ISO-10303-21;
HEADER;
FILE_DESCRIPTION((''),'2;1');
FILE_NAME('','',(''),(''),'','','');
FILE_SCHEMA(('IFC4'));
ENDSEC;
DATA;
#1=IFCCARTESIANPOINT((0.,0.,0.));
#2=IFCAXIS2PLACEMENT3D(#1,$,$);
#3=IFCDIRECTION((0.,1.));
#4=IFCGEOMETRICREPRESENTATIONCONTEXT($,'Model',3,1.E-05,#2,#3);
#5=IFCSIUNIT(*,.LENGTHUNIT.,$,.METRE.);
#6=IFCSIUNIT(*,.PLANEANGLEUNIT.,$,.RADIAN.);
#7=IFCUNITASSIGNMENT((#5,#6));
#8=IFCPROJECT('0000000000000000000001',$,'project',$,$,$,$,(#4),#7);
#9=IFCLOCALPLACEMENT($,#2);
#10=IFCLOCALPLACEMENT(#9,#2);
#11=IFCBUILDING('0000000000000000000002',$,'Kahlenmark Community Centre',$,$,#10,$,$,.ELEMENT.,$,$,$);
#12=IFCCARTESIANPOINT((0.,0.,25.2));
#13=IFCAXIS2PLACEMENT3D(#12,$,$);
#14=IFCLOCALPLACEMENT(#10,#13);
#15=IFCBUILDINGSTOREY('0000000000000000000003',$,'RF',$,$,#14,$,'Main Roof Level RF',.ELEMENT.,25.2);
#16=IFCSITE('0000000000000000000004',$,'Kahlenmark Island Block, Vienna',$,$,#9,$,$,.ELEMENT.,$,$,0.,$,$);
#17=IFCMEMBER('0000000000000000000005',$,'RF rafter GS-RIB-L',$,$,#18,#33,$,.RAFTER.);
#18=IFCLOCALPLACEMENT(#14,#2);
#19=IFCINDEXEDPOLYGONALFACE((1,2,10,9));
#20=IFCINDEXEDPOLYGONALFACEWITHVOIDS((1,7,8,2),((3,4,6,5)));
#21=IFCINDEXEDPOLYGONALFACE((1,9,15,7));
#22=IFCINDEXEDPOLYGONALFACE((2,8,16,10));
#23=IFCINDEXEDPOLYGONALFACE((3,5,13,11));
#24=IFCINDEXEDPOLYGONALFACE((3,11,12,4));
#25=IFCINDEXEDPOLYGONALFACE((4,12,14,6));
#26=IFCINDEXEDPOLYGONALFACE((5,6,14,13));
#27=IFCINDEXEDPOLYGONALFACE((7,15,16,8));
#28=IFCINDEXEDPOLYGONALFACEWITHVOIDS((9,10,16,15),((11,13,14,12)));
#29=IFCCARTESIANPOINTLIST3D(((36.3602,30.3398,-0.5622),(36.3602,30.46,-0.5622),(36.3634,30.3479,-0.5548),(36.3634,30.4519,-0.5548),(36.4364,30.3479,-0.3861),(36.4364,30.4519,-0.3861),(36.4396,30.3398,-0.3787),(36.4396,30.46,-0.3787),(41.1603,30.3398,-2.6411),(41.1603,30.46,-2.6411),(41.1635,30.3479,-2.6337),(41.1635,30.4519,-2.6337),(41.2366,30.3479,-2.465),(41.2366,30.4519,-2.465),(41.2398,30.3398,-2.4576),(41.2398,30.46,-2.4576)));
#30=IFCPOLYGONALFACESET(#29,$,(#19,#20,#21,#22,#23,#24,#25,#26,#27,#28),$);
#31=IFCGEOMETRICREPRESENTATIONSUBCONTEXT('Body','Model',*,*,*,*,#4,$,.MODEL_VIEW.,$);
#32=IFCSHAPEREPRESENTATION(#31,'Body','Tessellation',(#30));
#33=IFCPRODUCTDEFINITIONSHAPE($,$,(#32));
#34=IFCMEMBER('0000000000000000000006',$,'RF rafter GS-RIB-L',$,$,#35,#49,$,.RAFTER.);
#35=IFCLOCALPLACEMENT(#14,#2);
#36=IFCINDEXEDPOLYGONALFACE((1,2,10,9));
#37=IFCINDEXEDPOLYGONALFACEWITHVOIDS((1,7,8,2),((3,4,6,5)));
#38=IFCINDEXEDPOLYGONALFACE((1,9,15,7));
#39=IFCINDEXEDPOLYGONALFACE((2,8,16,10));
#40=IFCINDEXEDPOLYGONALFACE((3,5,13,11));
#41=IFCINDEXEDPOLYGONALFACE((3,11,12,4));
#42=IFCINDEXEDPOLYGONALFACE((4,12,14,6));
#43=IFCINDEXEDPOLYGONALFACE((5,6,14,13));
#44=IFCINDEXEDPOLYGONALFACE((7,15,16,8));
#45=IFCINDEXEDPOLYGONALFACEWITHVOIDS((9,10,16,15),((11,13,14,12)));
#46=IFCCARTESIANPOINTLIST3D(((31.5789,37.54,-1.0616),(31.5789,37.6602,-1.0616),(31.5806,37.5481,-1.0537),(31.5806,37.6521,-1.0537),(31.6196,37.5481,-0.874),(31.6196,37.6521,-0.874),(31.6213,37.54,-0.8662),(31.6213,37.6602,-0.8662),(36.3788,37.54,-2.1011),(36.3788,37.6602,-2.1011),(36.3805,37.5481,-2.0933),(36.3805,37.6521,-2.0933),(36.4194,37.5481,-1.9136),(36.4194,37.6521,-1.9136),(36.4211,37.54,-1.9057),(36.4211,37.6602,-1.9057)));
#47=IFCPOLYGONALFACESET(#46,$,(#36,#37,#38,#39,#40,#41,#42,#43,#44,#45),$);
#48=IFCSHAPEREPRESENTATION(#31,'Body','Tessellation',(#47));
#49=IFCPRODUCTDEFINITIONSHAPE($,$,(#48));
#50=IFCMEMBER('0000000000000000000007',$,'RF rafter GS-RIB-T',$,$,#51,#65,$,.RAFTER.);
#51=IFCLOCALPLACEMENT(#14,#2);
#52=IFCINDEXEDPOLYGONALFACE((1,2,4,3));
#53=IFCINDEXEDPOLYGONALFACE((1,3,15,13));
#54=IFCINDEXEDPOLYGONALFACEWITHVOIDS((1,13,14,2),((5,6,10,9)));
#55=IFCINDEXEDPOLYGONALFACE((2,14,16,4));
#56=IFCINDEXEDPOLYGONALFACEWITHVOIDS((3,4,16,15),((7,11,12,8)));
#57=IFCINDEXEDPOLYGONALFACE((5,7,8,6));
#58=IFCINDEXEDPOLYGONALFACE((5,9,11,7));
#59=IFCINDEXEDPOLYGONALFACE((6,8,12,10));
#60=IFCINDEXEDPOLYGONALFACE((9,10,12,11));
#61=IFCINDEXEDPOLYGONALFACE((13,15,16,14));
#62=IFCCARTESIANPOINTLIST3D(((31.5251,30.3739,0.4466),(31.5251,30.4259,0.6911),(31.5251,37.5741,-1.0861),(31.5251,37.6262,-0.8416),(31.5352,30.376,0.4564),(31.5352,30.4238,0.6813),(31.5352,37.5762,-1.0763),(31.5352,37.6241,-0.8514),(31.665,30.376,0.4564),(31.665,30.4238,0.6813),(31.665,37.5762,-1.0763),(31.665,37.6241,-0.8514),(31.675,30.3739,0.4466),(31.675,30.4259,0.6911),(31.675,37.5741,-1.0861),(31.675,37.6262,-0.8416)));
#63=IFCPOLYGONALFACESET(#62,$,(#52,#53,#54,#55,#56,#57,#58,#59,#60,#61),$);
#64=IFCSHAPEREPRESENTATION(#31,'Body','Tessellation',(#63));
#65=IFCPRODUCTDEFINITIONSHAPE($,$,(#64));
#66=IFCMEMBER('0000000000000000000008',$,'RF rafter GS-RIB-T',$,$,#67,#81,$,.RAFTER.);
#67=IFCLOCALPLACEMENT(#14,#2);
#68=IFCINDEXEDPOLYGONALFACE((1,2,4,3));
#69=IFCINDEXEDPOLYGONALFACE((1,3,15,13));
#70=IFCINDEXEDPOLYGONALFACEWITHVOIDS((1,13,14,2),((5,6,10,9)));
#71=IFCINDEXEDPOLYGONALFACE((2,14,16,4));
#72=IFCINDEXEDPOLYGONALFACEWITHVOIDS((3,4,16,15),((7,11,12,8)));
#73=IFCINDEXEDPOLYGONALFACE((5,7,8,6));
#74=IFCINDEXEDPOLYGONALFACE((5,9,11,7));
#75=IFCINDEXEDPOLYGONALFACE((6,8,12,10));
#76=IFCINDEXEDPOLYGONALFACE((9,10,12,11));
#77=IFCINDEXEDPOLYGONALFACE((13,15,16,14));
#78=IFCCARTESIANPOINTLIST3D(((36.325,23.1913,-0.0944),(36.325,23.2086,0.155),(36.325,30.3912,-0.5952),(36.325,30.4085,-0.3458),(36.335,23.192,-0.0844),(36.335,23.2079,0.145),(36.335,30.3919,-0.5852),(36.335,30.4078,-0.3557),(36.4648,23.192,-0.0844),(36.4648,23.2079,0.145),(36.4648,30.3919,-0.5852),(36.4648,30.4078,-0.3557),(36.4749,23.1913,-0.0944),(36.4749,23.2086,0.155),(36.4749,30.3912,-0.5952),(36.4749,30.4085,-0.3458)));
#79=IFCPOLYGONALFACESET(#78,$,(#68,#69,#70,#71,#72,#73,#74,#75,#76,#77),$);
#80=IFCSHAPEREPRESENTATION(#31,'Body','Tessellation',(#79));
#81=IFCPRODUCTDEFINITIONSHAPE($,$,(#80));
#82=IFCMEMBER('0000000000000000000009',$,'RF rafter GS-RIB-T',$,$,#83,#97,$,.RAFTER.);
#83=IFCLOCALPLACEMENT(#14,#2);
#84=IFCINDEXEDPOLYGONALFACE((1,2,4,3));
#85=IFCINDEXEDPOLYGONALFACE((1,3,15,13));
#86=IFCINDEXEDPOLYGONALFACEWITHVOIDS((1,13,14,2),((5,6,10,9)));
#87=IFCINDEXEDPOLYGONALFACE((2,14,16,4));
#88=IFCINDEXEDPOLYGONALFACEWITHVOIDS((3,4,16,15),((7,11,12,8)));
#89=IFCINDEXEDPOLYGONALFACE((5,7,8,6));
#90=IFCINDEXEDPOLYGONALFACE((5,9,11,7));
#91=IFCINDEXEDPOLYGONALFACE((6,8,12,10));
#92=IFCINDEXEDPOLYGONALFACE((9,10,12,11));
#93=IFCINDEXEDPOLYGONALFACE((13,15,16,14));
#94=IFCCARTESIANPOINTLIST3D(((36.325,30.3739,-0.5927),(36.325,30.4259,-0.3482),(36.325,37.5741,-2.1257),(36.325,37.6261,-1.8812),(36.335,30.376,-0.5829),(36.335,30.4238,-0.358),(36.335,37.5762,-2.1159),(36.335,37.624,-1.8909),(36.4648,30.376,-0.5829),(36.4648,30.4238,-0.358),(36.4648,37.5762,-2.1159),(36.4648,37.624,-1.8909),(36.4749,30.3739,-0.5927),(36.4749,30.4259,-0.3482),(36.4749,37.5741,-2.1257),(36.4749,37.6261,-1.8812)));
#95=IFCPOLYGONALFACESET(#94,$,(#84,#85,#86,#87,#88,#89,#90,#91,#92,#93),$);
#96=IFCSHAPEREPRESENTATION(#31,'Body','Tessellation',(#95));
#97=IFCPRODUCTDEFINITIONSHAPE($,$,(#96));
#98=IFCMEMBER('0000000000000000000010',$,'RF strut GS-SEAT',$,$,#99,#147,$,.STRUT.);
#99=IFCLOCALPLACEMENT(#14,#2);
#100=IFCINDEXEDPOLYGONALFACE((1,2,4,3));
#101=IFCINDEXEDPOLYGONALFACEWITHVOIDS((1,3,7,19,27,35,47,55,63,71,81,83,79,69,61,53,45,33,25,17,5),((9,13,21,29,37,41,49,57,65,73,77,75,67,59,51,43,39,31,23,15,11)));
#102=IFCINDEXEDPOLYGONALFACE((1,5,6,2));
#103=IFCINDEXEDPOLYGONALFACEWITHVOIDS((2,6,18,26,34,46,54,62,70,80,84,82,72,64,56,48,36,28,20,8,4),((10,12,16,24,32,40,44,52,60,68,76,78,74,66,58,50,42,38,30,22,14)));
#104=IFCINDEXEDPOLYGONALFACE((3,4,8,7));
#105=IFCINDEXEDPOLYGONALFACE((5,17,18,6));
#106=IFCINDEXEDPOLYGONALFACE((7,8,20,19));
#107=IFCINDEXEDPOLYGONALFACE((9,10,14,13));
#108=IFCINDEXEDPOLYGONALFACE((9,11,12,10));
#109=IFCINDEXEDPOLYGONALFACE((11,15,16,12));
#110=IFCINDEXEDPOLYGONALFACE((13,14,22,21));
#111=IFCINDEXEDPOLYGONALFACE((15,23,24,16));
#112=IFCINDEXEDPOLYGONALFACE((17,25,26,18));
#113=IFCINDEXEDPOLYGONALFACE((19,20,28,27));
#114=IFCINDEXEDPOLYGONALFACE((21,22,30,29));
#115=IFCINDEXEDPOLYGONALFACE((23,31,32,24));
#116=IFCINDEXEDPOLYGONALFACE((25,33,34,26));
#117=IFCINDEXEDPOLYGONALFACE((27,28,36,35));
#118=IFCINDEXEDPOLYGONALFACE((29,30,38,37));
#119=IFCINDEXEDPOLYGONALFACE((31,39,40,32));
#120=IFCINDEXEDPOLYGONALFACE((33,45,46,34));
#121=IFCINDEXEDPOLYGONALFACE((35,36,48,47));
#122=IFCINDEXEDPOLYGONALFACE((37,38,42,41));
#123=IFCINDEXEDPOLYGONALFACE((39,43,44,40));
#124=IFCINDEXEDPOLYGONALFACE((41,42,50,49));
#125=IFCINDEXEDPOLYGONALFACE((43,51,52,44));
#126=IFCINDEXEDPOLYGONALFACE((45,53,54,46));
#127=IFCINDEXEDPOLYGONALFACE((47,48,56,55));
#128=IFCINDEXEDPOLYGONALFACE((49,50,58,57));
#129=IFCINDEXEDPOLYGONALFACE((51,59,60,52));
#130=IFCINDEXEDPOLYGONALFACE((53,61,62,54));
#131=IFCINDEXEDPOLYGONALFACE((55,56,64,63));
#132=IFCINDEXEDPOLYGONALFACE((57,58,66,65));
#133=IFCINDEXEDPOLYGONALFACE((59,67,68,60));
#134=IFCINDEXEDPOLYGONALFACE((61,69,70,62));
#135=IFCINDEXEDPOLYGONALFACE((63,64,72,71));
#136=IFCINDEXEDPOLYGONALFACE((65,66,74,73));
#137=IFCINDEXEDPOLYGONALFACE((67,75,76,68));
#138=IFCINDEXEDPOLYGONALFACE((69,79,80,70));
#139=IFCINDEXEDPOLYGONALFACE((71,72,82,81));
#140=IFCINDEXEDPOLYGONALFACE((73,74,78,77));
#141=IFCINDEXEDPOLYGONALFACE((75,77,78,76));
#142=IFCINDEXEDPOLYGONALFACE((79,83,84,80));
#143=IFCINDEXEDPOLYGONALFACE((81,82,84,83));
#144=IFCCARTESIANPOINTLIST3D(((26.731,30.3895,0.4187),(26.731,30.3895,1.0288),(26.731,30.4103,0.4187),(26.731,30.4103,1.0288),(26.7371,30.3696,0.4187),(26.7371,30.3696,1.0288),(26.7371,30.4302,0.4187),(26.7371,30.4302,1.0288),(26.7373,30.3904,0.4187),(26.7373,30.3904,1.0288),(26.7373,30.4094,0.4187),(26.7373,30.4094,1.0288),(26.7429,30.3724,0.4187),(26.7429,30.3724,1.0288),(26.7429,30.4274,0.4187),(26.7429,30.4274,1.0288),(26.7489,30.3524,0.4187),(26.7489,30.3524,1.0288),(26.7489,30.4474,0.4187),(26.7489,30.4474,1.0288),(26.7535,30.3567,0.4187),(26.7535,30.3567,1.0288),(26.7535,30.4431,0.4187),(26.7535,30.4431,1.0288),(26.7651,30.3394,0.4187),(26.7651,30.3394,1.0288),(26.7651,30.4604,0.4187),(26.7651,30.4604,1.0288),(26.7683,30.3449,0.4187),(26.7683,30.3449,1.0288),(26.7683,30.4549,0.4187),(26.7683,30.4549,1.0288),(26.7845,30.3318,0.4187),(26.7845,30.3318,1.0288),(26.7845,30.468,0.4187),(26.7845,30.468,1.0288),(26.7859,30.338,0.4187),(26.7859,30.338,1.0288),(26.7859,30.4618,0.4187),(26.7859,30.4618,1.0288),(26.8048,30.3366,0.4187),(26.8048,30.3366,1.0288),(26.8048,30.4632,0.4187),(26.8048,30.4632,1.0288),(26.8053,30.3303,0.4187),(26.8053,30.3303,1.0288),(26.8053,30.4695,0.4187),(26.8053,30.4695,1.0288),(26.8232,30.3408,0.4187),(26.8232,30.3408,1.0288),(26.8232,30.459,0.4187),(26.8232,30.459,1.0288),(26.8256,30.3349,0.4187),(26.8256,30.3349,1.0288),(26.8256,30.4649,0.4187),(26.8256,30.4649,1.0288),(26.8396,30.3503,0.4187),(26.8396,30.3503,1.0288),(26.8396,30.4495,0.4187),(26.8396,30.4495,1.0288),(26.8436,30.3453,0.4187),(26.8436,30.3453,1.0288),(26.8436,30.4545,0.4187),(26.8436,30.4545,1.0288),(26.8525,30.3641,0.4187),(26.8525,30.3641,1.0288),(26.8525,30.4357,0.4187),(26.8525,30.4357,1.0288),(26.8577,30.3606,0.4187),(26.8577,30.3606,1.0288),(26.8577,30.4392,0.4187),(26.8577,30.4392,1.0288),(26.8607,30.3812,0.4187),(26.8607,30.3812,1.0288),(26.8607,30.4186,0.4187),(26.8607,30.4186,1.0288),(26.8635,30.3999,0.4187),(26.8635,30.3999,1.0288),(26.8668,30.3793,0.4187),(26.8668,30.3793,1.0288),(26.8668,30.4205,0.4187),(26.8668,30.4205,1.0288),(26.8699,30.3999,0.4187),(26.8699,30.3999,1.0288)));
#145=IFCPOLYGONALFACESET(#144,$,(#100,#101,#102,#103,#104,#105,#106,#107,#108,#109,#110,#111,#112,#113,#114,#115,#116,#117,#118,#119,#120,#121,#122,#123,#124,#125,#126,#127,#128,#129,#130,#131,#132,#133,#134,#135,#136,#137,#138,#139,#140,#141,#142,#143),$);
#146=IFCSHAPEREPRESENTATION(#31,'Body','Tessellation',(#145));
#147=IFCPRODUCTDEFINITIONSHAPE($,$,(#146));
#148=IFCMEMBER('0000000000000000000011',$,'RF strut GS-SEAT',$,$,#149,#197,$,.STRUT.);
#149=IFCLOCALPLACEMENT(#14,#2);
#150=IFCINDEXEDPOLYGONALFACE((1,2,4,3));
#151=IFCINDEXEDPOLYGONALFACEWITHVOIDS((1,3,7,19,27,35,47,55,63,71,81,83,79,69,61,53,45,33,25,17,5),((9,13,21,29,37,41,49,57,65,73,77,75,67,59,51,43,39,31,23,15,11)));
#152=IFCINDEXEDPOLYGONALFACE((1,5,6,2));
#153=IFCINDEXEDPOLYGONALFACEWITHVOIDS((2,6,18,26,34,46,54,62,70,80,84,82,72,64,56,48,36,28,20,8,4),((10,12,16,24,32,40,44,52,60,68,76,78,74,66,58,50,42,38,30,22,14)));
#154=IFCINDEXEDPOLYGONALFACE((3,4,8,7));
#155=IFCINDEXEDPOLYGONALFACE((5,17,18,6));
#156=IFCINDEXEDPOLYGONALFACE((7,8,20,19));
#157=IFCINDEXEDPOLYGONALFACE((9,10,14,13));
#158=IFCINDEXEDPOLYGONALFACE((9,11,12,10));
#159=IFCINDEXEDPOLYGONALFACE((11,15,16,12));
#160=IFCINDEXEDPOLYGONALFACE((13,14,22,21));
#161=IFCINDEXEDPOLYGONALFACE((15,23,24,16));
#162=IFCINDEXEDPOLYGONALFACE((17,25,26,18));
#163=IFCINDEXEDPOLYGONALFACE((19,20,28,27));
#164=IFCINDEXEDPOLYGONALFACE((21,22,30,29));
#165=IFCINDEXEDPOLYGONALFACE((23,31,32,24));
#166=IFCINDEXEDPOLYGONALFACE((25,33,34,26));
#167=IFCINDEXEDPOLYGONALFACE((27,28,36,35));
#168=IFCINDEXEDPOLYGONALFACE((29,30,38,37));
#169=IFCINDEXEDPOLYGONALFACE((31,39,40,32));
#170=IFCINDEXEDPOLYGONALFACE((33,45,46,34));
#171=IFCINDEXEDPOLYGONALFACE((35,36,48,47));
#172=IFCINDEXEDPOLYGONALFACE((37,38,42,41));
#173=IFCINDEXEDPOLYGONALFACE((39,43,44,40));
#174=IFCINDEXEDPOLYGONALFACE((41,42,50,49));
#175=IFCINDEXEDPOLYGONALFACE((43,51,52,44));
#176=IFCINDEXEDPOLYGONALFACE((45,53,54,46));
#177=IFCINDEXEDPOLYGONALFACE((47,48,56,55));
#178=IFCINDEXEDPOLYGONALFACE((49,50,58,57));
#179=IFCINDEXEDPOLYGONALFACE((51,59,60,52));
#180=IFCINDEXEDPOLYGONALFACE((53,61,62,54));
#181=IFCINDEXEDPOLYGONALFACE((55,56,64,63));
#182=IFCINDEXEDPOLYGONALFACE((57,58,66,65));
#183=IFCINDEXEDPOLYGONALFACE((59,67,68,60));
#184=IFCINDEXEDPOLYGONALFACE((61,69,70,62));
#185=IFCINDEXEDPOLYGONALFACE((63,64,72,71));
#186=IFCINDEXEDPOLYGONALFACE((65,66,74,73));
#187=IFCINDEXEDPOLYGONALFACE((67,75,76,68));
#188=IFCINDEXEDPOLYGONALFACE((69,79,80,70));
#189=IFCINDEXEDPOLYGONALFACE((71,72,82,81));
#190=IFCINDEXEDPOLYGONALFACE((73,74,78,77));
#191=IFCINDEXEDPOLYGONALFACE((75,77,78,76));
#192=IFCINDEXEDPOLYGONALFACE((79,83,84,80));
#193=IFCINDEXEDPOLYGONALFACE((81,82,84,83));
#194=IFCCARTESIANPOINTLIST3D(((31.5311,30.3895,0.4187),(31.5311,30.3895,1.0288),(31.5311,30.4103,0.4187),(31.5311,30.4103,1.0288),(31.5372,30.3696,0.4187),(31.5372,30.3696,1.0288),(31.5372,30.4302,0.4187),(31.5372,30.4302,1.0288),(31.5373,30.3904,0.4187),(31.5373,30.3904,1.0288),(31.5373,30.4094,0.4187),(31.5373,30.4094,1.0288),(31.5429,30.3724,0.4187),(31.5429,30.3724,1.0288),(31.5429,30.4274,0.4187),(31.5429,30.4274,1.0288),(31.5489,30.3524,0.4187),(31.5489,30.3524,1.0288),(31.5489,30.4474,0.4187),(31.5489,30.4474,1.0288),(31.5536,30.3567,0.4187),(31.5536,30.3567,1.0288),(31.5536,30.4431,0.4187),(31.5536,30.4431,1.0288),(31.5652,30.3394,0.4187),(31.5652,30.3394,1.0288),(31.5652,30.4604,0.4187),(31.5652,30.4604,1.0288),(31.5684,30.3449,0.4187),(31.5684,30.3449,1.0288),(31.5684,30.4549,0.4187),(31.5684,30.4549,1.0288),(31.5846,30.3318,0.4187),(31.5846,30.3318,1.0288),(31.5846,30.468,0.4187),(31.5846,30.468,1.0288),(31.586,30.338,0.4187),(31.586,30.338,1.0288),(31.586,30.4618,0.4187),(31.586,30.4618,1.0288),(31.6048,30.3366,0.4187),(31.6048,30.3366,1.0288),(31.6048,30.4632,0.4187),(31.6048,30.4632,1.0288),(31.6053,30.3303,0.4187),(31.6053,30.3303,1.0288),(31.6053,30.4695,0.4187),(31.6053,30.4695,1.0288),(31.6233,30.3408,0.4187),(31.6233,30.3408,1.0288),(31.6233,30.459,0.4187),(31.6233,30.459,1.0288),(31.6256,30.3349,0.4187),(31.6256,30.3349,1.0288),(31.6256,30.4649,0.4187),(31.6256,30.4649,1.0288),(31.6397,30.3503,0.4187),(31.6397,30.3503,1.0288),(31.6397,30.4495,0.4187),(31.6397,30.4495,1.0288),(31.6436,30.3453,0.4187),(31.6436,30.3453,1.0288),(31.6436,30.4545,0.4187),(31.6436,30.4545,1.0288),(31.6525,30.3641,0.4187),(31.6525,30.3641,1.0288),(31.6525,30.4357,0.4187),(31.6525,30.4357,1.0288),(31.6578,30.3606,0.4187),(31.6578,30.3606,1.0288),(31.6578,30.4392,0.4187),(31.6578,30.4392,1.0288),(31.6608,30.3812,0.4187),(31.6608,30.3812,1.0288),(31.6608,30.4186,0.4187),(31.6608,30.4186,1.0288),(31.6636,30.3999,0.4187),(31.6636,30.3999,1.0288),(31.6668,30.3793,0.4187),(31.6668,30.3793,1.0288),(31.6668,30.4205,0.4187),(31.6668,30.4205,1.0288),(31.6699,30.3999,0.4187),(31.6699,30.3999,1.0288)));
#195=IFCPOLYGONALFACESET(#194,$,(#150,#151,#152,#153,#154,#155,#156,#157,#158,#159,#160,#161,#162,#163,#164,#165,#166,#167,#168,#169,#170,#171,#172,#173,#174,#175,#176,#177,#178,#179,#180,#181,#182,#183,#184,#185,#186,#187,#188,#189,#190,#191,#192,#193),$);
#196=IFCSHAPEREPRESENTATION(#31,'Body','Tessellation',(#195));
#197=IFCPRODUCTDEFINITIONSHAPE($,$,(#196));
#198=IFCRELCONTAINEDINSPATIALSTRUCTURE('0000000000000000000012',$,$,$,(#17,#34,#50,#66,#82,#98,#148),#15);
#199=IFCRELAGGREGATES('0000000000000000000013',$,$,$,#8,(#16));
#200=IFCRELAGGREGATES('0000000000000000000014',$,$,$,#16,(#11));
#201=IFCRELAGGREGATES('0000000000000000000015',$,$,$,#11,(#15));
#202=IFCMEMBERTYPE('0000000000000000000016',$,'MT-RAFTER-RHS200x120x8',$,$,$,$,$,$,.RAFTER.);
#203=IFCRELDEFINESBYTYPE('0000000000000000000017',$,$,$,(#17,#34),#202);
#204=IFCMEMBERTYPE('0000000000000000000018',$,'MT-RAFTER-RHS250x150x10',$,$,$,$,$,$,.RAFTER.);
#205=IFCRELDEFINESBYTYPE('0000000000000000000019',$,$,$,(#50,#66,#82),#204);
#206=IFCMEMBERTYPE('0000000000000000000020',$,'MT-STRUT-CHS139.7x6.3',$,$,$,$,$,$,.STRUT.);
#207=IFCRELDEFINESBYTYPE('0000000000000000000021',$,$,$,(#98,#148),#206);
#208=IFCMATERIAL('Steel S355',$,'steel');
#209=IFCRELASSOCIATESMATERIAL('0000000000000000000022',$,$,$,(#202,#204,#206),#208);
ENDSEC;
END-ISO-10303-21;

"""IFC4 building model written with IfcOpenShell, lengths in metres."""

from ifc_helpers import new_model, si_unit, direction, frame, origin, origin_2d, place, context, subcontext, project, spatial, hollow_rectangle, hollow_circle, extrude, material, material_profile, profile_set, type_object, element, save


model = new_model("IFC4")

# Units and contexts
model_context = context("Model", 3, precision=1e-05, world=origin(), true_north=direction((0.0, 1.0)))
body_context = subcontext(model_context, "Body", "Model", "MODEL_VIEW")
ifc_project = project(units=[si_unit("LENGTHUNIT", "METRE"), si_unit("PLANEANGLEUNIT", "RADIAN")], contexts=[model_context])

# Site, building, storey
site_placement = place(None, origin())
site = spatial("IfcSite", under=ifc_project, at=site_placement, Name="Kahlenmark Island Block, Vienna", CompositionType="ELEMENT", RefElevation=0.0)
building_placement = place(site_placement, origin())
building = spatial("IfcBuilding", under=site, at=building_placement, Name="Kahlenmark Community Centre", CompositionType="ELEMENT")
storey_placement = place(building_placement, frame((0.0, 0.0, 25.2)))
storey = spatial("IfcBuildingStorey", under=building, at=storey_placement, Name="RF", LongName="Main Roof Level RF", CompositionType="ELEMENT", Elevation=25.2)

# Members
ifc_material_1 = material(Name="Steel S355", Category="steel")
ifc_material_profile_1 = material_profile(ifc_material_1, hollow_rectangle(XDim=0.1201, YDim=0.2, WallThickness=0.0081, at=origin_2d()), Name="RHS 200x120x8")
ifc_profile_set_1 = profile_set([ifc_material_profile_1], Name="Steel S355")
member_type_1 = type_object("IfcMemberType", Name="MT-RAFTER-RHS200x120x8", PredefinedType="RAFTER", material=ifc_profile_set_1)
member_1_placement = place(storey_placement, frame((36.3999, 30.3999, -0.4705), z_axis=(0.917637, 0.0, -0.39742), x_axis=(0.0, 1.0, 0.0)))
element("IfcMember", 1, at=member_1_placement, inside=storey, type_object=member_type_1, Name="RF rafter GS-RIB-L", PredefinedType="RAFTER", context=body_context, shape_type="SweptSolid", body=[
    extrude(hollow_rectangle(XDim=0.1201, YDim=0.2, WallThickness=0.0081, at=origin_2d()), origin(), (0.0, 0.0, 1.0), 5.231),
])
member_2_placement = place(storey_placement, frame((31.6001, 37.6001, -0.9639), z_axis=(0.97734, 0.0, -0.211674), x_axis=(0.0, 1.0, 0.0)))
element("IfcMember", 2, at=member_2_placement, inside=storey, type_object=member_type_1, Name="RF rafter GS-RIB-L", PredefinedType="RAFTER", context=body_context, shape_type="SweptSolid", body=[
    extrude(hollow_rectangle(XDim=0.1201, YDim=0.2, WallThickness=0.0081, at=origin_2d()), origin(), (0.0, 0.0, 1.0), 4.9111),
])
ifc_material_profile_2 = material_profile(ifc_material_1, hollow_rectangle(XDim=0.1499, YDim=0.25, WallThickness=0.01, at=origin_2d()), Name="RHS 250x150x10")
ifc_profile_set_2 = profile_set([ifc_material_profile_2], Name="Steel S355")
member_type_2 = type_object("IfcMemberType", Name="MT-RAFTER-RHS250x150x10", PredefinedType="RAFTER", material=ifc_profile_set_2)
member_3_placement = place(storey_placement, frame((31.6001, 30.3999, 0.5688), z_axis=(0.0, 0.978085, -0.208206), x_axis=(-1.0, 0.0, 0.0)))
element("IfcMember", 3, at=member_3_placement, inside=storey, type_object=member_type_2, Name="RF rafter GS-RIB-T", PredefinedType="RAFTER", context=body_context, shape_type="SweptSolid", body=[
    extrude(hollow_rectangle(XDim=0.1499, YDim=0.25, WallThickness=0.01, at=origin_2d()), origin(), (0.0, 0.0, 1.0), 7.3616),
])
member_4_placement = place(storey_placement, frame((36.3999, 23.2, 0.0303), z_axis=(0.0, 0.99759, -0.069379), x_axis=(-1.0, 0.0, 0.0)))
element("IfcMember", 4, at=member_4_placement, inside=storey, type_object=member_type_2, Name="RF rafter GS-RIB-T", PredefinedType="RAFTER", context=body_context, shape_type="SweptSolid", body=[
    extrude(hollow_rectangle(XDim=0.1499, YDim=0.25, WallThickness=0.01, at=origin_2d()), origin(), (0.0, 0.0, 1.0), 7.2173),
])
member_5_placement = place(storey_placement, frame((36.3999, 30.3999, -0.4705), z_axis=(0.0, 0.978078, -0.208238), x_axis=(-1.0, 0.0, 0.0)))
element("IfcMember", 5, at=member_5_placement, inside=storey, type_object=member_type_2, Name="RF rafter GS-RIB-T", PredefinedType="RAFTER", context=body_context, shape_type="SweptSolid", body=[
    extrude(hollow_rectangle(XDim=0.1499, YDim=0.25, WallThickness=0.01, at=origin_2d()), origin(), (0.0, 0.0, 1.0), 7.3616),
])
ifc_material_profile_3 = material_profile(ifc_material_1, hollow_circle(Radius=0.0698, WallThickness=0.0063, at=origin_2d()), Name="CHS 139.7x6.3")
ifc_profile_set_3 = profile_set([ifc_material_profile_3], Name="Steel S355")
member_type_3 = type_object("IfcMemberType", Name="MT-STRUT-CHS139.7x6.3", PredefinedType="STRUT", material=ifc_profile_set_3)
for number, where, z_axis, x_axis, name in (
    (6, (26.8, 30.3999, 0.4187), (0.0, 0.0, 1.0), (1.0, 0.0, 0.0), "RF strut GS-SEAT"),
    (7, (31.6001, 30.3999, 0.4187), (0.0, 0.0, 1.0), (1.0, 0.0, 0.0), "RF strut GS-SEAT"),
):
    element("IfcMember", number, at=place(storey_placement, frame(where, z_axis=z_axis, x_axis=x_axis)), inside=storey, type_object=member_type_3, Name=name, PredefinedType="STRUT", context=body_context, shape_type="SweptSolid", body=[
        extrude(hollow_circle(Radius=0.0698, WallThickness=0.0063, at=origin_2d()), origin(), (0.0, 0.0, 1.0), 0.6101),
    ])

save(model, "model.ifc")
